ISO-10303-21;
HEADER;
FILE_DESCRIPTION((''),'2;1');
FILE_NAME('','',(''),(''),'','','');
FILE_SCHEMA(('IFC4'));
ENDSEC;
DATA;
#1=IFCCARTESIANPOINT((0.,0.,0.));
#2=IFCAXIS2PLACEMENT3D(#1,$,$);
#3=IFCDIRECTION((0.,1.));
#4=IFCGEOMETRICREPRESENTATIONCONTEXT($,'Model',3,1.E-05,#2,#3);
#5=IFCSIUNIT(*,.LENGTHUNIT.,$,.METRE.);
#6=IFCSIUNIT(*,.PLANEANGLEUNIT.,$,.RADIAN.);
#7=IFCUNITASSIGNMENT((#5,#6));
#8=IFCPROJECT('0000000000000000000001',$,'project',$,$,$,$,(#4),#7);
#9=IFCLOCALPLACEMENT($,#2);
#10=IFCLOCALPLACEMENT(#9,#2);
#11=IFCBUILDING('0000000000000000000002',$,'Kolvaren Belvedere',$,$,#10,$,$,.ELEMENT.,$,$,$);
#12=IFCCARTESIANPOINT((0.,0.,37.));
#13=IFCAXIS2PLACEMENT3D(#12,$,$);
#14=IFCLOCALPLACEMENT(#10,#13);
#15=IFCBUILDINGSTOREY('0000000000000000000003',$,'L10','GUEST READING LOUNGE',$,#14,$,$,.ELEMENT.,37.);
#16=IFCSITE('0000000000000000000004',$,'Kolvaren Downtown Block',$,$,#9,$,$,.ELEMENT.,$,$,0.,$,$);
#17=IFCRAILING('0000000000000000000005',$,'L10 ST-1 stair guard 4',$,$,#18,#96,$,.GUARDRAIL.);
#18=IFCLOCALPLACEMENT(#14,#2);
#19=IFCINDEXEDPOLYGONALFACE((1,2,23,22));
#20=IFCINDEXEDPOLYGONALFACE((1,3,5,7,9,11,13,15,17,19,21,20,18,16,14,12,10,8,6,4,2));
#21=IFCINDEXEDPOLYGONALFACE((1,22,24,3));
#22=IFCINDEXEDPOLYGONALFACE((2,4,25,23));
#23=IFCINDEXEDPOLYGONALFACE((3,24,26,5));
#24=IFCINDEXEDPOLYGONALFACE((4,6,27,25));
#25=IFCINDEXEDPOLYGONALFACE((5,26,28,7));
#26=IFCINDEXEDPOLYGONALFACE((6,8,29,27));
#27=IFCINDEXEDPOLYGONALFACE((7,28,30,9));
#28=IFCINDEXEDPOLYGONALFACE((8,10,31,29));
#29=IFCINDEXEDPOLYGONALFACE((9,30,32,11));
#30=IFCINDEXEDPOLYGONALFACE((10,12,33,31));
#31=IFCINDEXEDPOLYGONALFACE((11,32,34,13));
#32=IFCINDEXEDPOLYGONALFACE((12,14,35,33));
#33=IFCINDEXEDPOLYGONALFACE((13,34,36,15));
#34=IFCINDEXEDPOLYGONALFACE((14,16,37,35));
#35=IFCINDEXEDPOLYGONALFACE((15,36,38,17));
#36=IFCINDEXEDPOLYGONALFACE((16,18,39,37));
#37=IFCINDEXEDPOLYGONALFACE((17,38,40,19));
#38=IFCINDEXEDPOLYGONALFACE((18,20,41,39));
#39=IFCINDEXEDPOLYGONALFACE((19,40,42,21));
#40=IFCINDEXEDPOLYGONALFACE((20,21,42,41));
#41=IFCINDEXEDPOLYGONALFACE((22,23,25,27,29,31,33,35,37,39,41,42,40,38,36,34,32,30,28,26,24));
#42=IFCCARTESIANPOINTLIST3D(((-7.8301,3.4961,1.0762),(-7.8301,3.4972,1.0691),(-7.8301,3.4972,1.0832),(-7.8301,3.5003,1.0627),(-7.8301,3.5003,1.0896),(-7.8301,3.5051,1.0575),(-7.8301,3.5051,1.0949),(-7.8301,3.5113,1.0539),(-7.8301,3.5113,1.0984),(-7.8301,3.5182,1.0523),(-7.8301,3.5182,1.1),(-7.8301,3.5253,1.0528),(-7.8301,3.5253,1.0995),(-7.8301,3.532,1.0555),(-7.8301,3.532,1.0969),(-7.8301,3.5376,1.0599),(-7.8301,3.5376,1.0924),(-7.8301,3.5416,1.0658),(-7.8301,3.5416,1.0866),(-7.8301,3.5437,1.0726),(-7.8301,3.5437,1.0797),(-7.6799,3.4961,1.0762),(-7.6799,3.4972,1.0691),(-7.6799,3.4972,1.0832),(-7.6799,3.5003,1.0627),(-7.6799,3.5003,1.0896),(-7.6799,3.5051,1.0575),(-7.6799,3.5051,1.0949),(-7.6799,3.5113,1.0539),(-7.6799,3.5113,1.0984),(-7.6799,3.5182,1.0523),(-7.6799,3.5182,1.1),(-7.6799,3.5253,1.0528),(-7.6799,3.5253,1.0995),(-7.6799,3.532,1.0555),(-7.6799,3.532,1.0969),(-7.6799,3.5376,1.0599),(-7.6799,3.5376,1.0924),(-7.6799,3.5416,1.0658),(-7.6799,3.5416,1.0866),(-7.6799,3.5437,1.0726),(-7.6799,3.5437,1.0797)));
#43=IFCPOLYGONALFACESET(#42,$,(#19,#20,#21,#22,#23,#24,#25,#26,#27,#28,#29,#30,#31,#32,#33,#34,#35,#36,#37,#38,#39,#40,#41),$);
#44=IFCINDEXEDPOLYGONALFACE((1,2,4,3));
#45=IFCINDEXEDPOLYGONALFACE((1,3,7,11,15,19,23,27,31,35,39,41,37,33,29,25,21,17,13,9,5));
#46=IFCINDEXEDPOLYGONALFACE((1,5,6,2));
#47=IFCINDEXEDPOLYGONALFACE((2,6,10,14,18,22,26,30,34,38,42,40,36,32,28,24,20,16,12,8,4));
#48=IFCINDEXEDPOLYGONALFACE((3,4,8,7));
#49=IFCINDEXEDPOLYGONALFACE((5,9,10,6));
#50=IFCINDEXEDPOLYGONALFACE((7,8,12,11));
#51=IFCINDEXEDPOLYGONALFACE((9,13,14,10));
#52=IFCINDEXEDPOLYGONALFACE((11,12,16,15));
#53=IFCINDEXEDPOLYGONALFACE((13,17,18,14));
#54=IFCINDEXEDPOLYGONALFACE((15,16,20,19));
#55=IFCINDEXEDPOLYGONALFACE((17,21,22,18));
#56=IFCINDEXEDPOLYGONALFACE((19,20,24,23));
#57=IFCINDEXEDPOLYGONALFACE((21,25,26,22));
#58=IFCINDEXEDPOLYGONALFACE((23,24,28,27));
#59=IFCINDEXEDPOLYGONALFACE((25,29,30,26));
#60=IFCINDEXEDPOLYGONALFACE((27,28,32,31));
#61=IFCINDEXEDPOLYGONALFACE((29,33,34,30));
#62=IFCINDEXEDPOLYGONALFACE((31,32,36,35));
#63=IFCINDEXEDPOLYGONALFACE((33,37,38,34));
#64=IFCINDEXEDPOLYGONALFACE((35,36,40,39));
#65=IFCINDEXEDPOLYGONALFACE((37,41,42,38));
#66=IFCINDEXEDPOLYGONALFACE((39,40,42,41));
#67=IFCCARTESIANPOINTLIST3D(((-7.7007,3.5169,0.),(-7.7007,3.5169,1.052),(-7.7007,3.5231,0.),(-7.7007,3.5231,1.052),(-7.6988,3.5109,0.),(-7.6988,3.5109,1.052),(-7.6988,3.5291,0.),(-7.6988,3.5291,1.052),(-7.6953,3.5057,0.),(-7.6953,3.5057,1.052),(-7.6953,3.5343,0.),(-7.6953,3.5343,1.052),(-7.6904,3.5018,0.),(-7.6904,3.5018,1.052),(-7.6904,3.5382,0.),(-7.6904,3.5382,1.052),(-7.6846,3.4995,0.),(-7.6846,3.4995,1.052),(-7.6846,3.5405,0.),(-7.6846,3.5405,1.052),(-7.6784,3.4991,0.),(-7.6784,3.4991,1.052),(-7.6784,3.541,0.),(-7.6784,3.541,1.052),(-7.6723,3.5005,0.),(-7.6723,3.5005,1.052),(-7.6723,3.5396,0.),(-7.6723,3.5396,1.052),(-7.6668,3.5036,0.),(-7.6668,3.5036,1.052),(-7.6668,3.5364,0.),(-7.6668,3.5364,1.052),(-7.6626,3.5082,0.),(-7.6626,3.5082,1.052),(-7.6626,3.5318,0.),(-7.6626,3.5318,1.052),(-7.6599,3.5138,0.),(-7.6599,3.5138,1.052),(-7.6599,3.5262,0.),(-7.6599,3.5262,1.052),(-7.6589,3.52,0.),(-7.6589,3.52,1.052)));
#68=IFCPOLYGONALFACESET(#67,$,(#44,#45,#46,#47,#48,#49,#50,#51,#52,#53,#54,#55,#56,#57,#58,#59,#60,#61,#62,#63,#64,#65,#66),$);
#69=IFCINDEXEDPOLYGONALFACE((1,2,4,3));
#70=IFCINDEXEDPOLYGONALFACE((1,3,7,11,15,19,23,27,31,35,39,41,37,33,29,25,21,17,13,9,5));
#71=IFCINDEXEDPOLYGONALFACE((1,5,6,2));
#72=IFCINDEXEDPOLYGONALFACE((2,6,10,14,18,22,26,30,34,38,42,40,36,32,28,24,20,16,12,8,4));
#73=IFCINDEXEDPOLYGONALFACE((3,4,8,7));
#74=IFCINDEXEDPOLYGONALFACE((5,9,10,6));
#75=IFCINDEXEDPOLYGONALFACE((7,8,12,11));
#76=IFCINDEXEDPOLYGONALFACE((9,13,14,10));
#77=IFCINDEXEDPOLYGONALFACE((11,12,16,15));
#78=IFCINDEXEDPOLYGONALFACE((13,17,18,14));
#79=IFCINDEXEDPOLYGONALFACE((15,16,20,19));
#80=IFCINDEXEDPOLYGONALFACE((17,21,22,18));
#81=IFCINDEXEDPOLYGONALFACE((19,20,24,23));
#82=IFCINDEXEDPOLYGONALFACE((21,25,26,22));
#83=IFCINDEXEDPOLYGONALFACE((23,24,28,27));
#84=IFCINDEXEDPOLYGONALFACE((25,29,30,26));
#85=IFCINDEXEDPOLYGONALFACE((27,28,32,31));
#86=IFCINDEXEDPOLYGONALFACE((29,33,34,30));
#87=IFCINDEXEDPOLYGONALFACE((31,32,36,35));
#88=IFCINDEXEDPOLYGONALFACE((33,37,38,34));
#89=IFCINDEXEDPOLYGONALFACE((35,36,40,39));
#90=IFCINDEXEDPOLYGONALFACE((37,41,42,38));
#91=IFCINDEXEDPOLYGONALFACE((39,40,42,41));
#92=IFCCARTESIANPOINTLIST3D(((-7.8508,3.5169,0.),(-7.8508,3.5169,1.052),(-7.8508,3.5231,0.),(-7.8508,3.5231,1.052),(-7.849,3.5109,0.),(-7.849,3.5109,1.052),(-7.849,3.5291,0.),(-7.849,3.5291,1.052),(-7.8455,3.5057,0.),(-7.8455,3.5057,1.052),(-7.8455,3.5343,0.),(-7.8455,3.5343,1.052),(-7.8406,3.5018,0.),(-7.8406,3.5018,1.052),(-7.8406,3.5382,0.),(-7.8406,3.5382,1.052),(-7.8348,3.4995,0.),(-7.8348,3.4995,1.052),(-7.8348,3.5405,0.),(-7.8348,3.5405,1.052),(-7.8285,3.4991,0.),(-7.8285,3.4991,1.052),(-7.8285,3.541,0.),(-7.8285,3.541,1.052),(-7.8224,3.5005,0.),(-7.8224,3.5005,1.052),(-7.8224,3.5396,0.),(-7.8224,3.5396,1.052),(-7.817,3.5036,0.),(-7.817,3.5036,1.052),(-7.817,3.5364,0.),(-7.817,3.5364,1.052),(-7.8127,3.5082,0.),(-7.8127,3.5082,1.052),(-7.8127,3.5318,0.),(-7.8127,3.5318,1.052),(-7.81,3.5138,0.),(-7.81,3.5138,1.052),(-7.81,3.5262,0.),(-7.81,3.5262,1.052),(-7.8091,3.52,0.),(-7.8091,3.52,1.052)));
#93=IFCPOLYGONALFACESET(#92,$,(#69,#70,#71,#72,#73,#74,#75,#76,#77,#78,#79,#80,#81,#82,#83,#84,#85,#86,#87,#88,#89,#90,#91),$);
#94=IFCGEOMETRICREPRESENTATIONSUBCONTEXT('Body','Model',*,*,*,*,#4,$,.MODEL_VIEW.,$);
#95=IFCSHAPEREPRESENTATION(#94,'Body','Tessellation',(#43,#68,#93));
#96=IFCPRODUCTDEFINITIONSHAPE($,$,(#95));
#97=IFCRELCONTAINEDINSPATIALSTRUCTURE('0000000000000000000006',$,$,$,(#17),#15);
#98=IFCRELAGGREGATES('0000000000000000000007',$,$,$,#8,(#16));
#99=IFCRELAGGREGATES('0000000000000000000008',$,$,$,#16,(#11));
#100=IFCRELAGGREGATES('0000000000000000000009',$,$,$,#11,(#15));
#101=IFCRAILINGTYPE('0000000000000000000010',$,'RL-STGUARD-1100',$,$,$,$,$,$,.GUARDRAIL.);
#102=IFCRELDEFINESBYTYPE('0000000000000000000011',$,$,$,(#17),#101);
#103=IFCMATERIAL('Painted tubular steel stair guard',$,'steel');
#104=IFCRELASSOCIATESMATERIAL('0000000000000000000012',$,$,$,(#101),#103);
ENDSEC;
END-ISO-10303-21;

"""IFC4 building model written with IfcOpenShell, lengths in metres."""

from ifc_helpers import new_model, si_unit, direction, frame, origin, origin_2d, place, context, subcontext, project, spatial, circle, extrude, material, type_object, element, save


model = new_model("IFC4")

# Units and contexts
model_context = context("Model", 3, precision=1e-05, world=origin(), true_north=direction((0.0, 1.0)))
body_context = subcontext(model_context, "Body", "Model", "MODEL_VIEW")
ifc_project = project(units=[si_unit("LENGTHUNIT", "METRE"), si_unit("PLANEANGLEUNIT", "RADIAN")], contexts=[model_context])

# Site, building, storey
site_placement = place(None, origin())
site = spatial("IfcSite", under=ifc_project, at=site_placement, Name="Kolvaren Downtown Block", CompositionType="ELEMENT", RefElevation=0.0)
building_placement = place(site_placement, origin())
building = spatial("IfcBuilding", under=site, at=building_placement, Name="Kolvaren Belvedere", CompositionType="ELEMENT")
storey_placement = place(building_placement, frame((0.0, 0.0, 37.0)))
storey = spatial("IfcBuildingStorey", under=building, at=storey_placement, Name="L10", Description="GUEST READING LOUNGE", CompositionType="ELEMENT", Elevation=37.0)

# Railing
ifc_material_1 = material(Name="Painted tubular steel stair guard", Category="steel")
railing_type_1 = type_object("IfcRailingType", Name="RL-STGUARD-1100", PredefinedType="GUARDRAIL", material=ifc_material_1)
railing_1_placement = place(storey_placement, frame((-7.6799, 3.52, 0.0)))
element("IfcRailing", 1, at=railing_1_placement, inside=storey, type_object=railing_type_1, Name="L10 ST-1 stair guard 4", PredefinedType="GUARDRAIL", context=body_context, shape_type="SweptSolid", body=[
    extrude(circle(Radius=0.0239, at=origin_2d()), frame((0.0, 0.0, 1.0762), z_axis=(-1.0, 0.0, 0.0), x_axis=(0.0, -1.0, 0.0)), (0.0, 0.0, 1.0), 0.1501),
    extrude(circle(Radius=0.021, at=origin_2d()), origin(), (0.0, 0.0, 1.0), 1.052),
    extrude(circle(Radius=0.021, at=origin_2d()), frame((-0.1501, 0.0, 0.0)), (0.0, 0.0, 1.0), 1.052),
])

save(model, "model.ifc")
